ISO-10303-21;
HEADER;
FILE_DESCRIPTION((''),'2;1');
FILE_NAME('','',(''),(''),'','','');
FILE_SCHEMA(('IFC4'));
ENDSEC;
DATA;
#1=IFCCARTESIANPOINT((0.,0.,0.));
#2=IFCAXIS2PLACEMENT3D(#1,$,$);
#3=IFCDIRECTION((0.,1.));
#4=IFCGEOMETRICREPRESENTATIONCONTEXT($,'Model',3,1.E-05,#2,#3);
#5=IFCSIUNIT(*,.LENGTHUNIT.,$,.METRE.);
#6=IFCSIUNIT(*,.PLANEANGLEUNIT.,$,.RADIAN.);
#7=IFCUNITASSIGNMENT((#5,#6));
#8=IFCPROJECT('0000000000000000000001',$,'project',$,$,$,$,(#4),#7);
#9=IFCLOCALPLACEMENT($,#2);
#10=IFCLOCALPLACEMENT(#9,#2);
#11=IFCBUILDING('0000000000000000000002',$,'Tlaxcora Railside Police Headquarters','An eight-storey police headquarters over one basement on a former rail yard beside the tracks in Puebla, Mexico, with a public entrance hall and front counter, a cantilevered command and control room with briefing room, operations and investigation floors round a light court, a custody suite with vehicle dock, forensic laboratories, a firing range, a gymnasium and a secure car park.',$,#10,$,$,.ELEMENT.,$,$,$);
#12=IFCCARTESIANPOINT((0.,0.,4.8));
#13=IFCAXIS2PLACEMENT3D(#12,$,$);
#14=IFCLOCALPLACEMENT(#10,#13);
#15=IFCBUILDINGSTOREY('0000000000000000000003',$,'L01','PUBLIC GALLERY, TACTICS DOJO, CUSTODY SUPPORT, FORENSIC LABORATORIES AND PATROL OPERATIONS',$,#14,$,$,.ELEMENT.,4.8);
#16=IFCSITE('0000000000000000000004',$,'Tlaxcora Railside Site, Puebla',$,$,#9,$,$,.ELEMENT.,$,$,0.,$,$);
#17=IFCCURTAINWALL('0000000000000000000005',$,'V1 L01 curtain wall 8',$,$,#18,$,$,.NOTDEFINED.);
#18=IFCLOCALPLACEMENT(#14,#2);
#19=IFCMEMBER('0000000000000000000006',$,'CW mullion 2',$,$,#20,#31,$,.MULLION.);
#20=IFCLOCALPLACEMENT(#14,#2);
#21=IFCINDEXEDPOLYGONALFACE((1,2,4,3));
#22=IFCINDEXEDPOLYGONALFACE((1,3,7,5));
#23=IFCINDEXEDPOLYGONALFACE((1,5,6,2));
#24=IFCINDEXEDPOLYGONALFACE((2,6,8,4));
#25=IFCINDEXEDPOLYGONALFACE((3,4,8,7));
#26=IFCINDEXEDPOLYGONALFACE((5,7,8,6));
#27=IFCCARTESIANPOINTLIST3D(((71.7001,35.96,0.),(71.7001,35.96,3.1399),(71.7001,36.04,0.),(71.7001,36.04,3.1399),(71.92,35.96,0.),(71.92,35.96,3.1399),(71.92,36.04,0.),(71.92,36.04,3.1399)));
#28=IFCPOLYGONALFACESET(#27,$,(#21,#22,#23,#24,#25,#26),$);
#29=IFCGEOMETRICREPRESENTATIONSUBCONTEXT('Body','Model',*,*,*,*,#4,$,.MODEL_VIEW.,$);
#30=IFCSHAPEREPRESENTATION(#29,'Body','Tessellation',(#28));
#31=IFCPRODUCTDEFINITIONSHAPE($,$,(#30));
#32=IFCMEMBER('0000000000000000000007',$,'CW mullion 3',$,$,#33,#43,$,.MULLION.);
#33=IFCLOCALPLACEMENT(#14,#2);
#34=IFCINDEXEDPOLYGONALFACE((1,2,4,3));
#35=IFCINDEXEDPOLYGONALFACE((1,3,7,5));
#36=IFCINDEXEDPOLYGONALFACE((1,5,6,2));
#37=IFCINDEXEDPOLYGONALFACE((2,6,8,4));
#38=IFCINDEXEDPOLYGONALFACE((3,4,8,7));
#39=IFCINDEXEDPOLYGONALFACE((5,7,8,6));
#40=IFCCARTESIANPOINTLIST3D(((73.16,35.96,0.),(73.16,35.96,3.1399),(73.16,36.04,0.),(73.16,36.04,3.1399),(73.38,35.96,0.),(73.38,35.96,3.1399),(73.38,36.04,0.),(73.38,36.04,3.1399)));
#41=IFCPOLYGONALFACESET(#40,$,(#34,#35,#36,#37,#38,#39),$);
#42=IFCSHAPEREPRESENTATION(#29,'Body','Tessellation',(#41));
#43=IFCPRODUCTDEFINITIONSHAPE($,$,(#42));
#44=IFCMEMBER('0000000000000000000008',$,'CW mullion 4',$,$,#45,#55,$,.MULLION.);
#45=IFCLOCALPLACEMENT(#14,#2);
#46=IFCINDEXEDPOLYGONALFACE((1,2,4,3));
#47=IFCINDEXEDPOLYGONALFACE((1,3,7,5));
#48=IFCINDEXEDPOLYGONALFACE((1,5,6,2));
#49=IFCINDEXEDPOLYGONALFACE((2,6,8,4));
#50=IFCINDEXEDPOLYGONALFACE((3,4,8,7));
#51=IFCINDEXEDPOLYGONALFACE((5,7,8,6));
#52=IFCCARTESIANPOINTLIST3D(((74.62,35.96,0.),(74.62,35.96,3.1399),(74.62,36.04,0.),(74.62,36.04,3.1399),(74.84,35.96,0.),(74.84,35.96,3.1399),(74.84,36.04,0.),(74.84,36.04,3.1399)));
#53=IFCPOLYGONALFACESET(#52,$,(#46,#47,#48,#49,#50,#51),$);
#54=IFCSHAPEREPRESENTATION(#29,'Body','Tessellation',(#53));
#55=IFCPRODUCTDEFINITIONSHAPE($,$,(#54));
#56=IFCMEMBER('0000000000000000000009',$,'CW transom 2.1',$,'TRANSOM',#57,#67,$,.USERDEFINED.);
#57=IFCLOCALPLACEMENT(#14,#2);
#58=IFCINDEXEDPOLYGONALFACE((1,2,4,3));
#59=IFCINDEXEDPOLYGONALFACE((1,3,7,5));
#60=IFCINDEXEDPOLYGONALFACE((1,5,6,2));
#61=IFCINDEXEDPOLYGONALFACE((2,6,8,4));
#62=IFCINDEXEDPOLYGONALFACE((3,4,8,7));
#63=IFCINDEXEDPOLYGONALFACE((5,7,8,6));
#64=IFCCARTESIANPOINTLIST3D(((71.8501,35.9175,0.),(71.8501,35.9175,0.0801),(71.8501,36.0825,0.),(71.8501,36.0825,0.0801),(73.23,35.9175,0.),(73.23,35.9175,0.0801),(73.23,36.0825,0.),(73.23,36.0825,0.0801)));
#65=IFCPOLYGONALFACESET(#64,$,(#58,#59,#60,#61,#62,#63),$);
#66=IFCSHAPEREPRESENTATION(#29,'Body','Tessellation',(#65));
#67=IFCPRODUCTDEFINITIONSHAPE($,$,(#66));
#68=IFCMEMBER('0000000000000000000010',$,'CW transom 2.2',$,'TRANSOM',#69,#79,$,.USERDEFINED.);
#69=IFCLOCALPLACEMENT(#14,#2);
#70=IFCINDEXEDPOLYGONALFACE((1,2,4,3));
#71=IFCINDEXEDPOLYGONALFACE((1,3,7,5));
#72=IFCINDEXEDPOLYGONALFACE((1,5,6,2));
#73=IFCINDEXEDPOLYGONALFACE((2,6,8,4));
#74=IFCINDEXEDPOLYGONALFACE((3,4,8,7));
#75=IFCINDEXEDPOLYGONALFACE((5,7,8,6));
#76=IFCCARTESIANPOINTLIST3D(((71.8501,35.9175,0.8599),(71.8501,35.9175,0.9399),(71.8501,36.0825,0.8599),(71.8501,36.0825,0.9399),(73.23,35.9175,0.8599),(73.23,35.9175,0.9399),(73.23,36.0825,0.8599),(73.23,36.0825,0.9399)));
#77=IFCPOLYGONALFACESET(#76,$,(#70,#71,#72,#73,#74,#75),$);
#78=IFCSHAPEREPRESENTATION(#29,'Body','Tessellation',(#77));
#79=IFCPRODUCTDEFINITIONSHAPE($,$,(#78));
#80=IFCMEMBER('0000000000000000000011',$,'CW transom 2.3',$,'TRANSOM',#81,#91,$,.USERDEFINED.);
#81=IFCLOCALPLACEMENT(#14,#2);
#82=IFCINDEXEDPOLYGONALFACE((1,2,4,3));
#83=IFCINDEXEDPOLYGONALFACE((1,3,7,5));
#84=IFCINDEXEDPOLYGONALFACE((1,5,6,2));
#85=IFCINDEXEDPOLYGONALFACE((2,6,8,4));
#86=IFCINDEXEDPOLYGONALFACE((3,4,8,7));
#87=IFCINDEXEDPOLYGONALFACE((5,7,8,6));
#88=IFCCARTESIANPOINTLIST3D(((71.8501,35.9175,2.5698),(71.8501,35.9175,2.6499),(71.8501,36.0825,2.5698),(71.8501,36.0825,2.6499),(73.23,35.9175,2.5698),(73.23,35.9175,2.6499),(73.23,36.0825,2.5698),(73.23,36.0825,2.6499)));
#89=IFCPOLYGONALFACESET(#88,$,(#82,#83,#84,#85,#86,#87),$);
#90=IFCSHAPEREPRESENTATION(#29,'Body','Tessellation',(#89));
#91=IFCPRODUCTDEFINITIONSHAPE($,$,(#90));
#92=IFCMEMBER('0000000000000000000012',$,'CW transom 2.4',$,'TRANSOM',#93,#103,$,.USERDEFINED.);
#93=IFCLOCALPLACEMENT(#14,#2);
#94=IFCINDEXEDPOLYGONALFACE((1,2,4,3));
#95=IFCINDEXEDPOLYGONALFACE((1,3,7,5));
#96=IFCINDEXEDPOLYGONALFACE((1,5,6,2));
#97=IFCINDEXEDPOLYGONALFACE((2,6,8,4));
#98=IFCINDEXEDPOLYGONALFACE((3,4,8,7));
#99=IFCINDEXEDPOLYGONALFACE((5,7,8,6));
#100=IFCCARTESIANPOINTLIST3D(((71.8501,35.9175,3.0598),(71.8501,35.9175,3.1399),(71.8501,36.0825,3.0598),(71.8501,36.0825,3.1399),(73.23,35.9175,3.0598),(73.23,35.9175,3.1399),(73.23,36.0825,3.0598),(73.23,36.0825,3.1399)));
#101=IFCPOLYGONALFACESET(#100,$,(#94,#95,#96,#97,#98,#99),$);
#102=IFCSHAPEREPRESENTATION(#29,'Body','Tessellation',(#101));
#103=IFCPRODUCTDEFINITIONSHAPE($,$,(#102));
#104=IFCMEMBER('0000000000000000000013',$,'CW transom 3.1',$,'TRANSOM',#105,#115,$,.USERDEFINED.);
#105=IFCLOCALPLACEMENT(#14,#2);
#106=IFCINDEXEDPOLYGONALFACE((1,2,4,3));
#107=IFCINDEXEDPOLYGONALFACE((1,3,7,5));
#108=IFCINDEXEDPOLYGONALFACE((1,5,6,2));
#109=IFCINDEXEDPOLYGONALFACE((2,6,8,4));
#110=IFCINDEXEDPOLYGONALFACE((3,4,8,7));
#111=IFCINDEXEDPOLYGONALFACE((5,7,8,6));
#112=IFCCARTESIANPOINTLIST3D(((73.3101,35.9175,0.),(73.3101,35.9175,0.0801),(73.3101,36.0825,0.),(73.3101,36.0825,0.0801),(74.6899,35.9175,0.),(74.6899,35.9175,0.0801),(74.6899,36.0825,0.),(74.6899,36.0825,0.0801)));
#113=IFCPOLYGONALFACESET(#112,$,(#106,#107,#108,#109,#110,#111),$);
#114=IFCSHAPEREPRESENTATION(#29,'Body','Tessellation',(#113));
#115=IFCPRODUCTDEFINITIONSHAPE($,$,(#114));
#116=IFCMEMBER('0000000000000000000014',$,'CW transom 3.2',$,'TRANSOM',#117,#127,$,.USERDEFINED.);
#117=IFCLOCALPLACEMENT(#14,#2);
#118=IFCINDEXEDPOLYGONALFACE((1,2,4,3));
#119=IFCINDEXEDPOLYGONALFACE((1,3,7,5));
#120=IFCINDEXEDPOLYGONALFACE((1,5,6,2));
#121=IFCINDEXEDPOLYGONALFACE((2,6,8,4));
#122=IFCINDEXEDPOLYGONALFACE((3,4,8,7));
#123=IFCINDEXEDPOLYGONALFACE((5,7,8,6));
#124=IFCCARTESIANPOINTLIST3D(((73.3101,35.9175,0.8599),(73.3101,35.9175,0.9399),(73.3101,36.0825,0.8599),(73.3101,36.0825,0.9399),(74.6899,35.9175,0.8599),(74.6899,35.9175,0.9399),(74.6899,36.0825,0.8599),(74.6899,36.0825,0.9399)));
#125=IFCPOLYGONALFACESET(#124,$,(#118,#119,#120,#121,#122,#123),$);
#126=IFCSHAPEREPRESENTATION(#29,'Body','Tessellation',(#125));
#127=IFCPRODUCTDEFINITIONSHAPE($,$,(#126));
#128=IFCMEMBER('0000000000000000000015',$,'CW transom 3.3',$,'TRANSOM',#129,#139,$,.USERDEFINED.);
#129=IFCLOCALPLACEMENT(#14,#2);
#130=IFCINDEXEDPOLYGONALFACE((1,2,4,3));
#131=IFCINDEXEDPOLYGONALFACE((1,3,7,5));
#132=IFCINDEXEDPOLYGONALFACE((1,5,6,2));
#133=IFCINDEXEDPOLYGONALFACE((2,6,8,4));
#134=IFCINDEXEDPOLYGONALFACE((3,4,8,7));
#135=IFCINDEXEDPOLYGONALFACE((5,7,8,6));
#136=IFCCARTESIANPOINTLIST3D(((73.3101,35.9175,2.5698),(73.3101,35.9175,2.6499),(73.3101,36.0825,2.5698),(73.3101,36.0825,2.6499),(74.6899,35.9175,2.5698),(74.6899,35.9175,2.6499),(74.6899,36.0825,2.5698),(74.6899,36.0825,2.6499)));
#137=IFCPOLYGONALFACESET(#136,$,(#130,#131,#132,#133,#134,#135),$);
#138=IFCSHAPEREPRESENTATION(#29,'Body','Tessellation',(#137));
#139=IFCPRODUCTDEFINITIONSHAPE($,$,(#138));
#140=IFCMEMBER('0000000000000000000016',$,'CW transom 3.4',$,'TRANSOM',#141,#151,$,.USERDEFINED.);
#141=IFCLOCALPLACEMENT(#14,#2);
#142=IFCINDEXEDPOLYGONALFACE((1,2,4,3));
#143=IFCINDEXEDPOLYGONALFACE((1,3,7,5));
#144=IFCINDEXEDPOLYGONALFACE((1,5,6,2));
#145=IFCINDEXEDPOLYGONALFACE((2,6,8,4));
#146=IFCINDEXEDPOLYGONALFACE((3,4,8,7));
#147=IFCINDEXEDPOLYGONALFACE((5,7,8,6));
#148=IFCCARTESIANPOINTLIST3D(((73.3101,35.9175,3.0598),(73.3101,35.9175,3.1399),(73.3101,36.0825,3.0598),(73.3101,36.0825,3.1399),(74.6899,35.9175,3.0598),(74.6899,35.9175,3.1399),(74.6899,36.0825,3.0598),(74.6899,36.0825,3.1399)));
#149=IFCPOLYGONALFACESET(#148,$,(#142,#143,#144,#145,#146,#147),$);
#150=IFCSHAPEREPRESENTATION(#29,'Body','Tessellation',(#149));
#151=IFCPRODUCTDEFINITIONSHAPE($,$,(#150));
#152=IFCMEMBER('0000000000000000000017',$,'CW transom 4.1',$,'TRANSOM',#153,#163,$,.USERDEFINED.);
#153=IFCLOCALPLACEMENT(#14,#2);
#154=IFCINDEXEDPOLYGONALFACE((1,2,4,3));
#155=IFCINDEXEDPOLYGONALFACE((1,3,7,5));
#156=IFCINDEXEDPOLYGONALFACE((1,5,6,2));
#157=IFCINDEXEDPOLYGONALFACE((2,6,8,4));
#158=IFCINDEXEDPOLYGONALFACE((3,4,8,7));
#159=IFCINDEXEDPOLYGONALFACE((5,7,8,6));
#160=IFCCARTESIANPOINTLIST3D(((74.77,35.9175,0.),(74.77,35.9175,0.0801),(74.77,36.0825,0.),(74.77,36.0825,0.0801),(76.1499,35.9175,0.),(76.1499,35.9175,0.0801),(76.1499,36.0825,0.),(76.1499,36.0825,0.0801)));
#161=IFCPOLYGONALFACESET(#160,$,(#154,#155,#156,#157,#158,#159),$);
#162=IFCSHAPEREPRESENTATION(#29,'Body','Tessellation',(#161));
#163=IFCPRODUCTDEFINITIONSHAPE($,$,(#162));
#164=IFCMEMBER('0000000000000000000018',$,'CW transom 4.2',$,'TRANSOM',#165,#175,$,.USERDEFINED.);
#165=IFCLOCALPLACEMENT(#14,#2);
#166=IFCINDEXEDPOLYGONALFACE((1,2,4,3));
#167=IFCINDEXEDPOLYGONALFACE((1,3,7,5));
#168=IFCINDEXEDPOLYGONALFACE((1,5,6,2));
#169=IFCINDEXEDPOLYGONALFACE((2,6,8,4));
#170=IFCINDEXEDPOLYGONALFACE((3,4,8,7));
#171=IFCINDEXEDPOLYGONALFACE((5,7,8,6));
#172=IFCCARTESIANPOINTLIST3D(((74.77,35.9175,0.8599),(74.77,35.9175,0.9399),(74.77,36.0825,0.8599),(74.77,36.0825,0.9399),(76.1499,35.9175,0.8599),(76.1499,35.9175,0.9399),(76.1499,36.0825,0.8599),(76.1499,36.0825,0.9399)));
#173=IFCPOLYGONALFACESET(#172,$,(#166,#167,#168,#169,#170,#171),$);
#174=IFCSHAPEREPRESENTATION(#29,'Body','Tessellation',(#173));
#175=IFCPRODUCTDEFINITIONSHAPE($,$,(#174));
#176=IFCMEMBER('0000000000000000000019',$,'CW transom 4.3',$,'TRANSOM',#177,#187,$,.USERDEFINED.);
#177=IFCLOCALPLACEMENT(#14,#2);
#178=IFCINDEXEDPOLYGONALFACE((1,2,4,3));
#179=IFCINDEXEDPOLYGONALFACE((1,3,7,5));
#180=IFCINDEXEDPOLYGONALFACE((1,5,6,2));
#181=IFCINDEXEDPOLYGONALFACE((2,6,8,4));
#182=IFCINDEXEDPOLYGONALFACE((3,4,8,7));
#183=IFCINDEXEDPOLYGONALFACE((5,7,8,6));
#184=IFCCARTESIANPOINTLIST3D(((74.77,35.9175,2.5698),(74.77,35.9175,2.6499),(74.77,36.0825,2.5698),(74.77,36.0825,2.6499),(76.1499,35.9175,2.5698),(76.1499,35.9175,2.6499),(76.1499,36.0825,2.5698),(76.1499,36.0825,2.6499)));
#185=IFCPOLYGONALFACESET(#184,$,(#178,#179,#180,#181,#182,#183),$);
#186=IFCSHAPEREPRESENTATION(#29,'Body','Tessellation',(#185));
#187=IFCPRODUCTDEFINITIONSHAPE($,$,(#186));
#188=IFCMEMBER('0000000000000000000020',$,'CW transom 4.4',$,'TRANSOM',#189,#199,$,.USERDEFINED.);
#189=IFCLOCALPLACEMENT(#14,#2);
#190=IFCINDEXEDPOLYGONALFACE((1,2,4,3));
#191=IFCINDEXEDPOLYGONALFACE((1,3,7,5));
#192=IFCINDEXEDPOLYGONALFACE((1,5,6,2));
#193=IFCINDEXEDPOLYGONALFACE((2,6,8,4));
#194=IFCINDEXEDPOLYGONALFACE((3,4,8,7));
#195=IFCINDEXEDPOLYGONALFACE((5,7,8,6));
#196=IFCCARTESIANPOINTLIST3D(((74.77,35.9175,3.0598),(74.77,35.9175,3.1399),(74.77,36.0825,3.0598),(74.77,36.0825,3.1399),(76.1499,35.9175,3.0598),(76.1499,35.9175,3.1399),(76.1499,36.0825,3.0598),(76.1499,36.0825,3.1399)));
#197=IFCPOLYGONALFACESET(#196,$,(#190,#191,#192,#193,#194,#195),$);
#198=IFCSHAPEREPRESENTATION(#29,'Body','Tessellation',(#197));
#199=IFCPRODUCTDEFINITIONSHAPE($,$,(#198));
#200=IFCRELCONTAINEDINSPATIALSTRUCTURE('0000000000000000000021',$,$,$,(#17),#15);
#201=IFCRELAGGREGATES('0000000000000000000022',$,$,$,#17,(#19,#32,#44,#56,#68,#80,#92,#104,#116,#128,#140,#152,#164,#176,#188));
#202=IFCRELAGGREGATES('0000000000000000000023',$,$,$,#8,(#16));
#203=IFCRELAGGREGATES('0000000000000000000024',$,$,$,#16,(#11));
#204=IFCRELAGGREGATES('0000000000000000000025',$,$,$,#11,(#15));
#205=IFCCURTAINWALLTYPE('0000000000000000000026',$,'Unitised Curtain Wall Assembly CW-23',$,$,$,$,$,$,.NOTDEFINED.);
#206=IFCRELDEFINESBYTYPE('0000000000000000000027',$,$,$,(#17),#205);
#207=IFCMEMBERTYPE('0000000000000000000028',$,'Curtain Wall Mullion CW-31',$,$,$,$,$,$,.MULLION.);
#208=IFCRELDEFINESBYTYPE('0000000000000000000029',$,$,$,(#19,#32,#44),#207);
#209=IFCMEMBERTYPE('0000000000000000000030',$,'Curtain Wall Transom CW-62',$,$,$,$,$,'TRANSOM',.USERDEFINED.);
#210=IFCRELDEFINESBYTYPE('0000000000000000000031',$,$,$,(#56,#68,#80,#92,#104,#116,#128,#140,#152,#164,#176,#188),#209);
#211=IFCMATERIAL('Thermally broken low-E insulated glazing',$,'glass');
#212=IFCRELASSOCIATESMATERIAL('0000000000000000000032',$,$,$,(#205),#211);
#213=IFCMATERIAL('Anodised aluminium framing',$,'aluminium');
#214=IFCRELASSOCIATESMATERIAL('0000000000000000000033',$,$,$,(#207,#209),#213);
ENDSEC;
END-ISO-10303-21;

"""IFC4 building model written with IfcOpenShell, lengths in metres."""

from ifc_helpers import new_model, si_unit, direction, frame, origin, origin_2d, place, context, subcontext, project, spatial, rectangle, extrude, material, material_profile, profile_set, type_object, element, aggregate, save


model = new_model("IFC4")

# Units and contexts
model_context = context("Model", 3, precision=1e-05, world=origin(), true_north=direction((0.0, 1.0)))
body_context = subcontext(model_context, "Body", "Model", "MODEL_VIEW")
ifc_project = project(units=[si_unit("LENGTHUNIT", "METRE"), si_unit("PLANEANGLEUNIT", "RADIAN")], contexts=[model_context])

# Site, building, storey
site_placement = place(None, origin())
site = spatial("IfcSite", under=ifc_project, at=site_placement, Name="Tlaxcora Railside Site, Puebla", CompositionType="ELEMENT", RefElevation=0.0)
building_placement = place(site_placement, origin())
building = spatial("IfcBuilding", under=site, at=building_placement, Name="Tlaxcora Railside Police Headquarters", Description="An eight-storey police headquarters over one basement on a former rail yard beside the tracks in Puebla, Mexico, with a public entrance hall and front counter, a cantilevered command and control room with briefing room, operations and investigation floors round a light court, a custody suite with vehicle dock, forensic laboratories, a firing range, a gymnasium and a secure car park.", CompositionType="ELEMENT")
storey_placement = place(building_placement, frame((0.0, 0.0, 4.8)))
storey = spatial("IfcBuildingStorey", under=building, at=storey_placement, Name="L01", Description="PUBLIC GALLERY, TACTICS DOJO, CUSTODY SUPPORT, FORENSIC LABORATORIES AND PATROL OPERATIONS", CompositionType="ELEMENT", Elevation=4.8)

# Curtain wall, members
ifc_material_1 = material(Name="Thermally broken low-E insulated glazing", Category="glass")
curtain_wall_type = type_object("IfcCurtainWallType", Name="Unitised Curtain Wall Assembly CW-23", PredefinedType="NOTDEFINED", material=ifc_material_1)
curtain_wall_placement = place(storey_placement, origin())
curtain_wall = element("IfcCurtainWall", 1, at=curtain_wall_placement, inside=storey, type_object=curtain_wall_type, Name="V1 L01 curtain wall 8", PredefinedType="NOTDEFINED")
ifc_material_2 = material(Name="Anodised aluminium framing", Category="aluminium")
ifc_material_profile_1 = material_profile(ifc_material_2, rectangle(XDim=0.0801, YDim=0.22, at=origin_2d()), Name="AL80X220")
ifc_profile_set_1 = profile_set([ifc_material_profile_1], Name="Anodised aluminium framing")
member_type_1 = type_object("IfcMemberType", Name="Curtain Wall Mullion CW-31", PredefinedType="MULLION", material=ifc_profile_set_1)
member_1_placement = place(storey_placement, frame((71.8101, 36.0, 0.0), z_axis=(0.0, 0.0, 1.0), x_axis=(0.0, 1.0, 0.0)))
member_1 = element("IfcMember", 2, at=member_1_placement, type_object=member_type_1, Name="CW mullion 2", PredefinedType="MULLION", context=body_context, shape_type="SweptSolid", body=[
    extrude(rectangle(XDim=0.0801, YDim=0.22, at=origin_2d()), origin(), (0.0, 0.0, 1.0), 3.1399),
])
member_2_placement = place(storey_placement, frame((73.27, 36.0, 0.0), z_axis=(0.0, 0.0, 1.0), x_axis=(0.0, 1.0, 0.0)))
member_2 = element("IfcMember", 3, at=member_2_placement, type_object=member_type_1, Name="CW mullion 3", PredefinedType="MULLION", context=body_context, shape_type="SweptSolid", body=[
    extrude(rectangle(XDim=0.0801, YDim=0.22, at=origin_2d()), origin(), (0.0, 0.0, 1.0), 3.1399),
])
member_3_placement = place(storey_placement, frame((74.73, 36.0, 0.0), z_axis=(0.0, 0.0, 1.0), x_axis=(0.0, 1.0, 0.0)))
member_3 = element("IfcMember", 4, at=member_3_placement, type_object=member_type_1, Name="CW mullion 4", PredefinedType="MULLION", context=body_context, shape_type="SweptSolid", body=[
    extrude(rectangle(XDim=0.0801, YDim=0.22, at=origin_2d()), origin(), (0.0, 0.0, 1.0), 3.1399),
])
ifc_material_profile_2 = material_profile(ifc_material_2, rectangle(XDim=0.165, YDim=0.0801, at=origin_2d()), Name="AL80X165")
ifc_profile_set_2 = profile_set([ifc_material_profile_2], Name="Anodised aluminium framing")
member_type_2 = type_object("IfcMemberType", Name="Curtain Wall Transom CW-62", ElementType="TRANSOM", PredefinedType="USERDEFINED", material=ifc_profile_set_2)
member_4_placement = place(storey_placement, frame((71.8501, 36.0, 0.04), z_axis=(1.0, 0.0, 0.0), x_axis=(0.0, 1.0, 0.0)))
member_4 = element("IfcMember", 5, at=member_4_placement, type_object=member_type_2, Name="CW transom 2.1", ObjectType="TRANSOM", PredefinedType="USERDEFINED", context=body_context, shape_type="SweptSolid", body=[
    extrude(rectangle(XDim=0.165, YDim=0.0801, at=origin_2d()), origin(), (0.0, 0.0, 1.0), 1.3799),
])
member_5_placement = place(storey_placement, frame((71.8501, 36.0, 0.8999), z_axis=(1.0, 0.0, 0.0), x_axis=(0.0, 1.0, 0.0)))
member_5 = element("IfcMember", 6, at=member_5_placement, type_object=member_type_2, Name="CW transom 2.2", ObjectType="TRANSOM", PredefinedType="USERDEFINED", context=body_context, shape_type="SweptSolid", body=[
    extrude(rectangle(XDim=0.165, YDim=0.0801, at=origin_2d()), origin(), (0.0, 0.0, 1.0), 1.3799),
])
member_6_placement = place(storey_placement, frame((71.8501, 36.0, 2.6099), z_axis=(1.0, 0.0, 0.0), x_axis=(0.0, 1.0, 0.0)))
member_6 = element("IfcMember", 7, at=member_6_placement, type_object=member_type_2, Name="CW transom 2.3", ObjectType="TRANSOM", PredefinedType="USERDEFINED", context=body_context, shape_type="SweptSolid", body=[
    extrude(rectangle(XDim=0.165, YDim=0.0801, at=origin_2d()), origin(), (0.0, 0.0, 1.0), 1.3799),
])
member_7_placement = place(storey_placement, frame((71.8501, 36.0, 3.0999), z_axis=(1.0, 0.0, 0.0), x_axis=(0.0, 1.0, 0.0)))
member_7 = element("IfcMember", 8, at=member_7_placement, type_object=member_type_2, Name="CW transom 2.4", ObjectType="TRANSOM", PredefinedType="USERDEFINED", context=body_context, shape_type="SweptSolid", body=[
    extrude(rectangle(XDim=0.165, YDim=0.0801, at=origin_2d()), origin(), (0.0, 0.0, 1.0), 1.3799),
])
member_8_placement = place(storey_placement, frame((73.3101, 36.0, 0.04), z_axis=(1.0, 0.0, 0.0), x_axis=(0.0, 1.0, 0.0)))
member_8 = element("IfcMember", 9, at=member_8_placement, type_object=member_type_2, Name="CW transom 3.1", ObjectType="TRANSOM", PredefinedType="USERDEFINED", context=body_context, shape_type="SweptSolid", body=[
    extrude(rectangle(XDim=0.165, YDim=0.0801, at=origin_2d()), origin(), (0.0, 0.0, 1.0), 1.3799),
])
member_9_placement = place(storey_placement, frame((73.3101, 36.0, 0.8999), z_axis=(1.0, 0.0, 0.0), x_axis=(0.0, 1.0, 0.0)))
member_9 = element("IfcMember", 10, at=member_9_placement, type_object=member_type_2, Name="CW transom 3.2", ObjectType="TRANSOM", PredefinedType="USERDEFINED", context=body_context, shape_type="SweptSolid", body=[
    extrude(rectangle(XDim=0.165, YDim=0.0801, at=origin_2d()), origin(), (0.0, 0.0, 1.0), 1.3799),
])
member_10_placement = place(storey_placement, frame((73.3101, 36.0, 2.6099), z_axis=(1.0, 0.0, 0.0), x_axis=(0.0, 1.0, 0.0)))
member_10 = element("IfcMember", 11, at=member_10_placement, type_object=member_type_2, Name="CW transom 3.3", ObjectType="TRANSOM", PredefinedType="USERDEFINED", context=body_context, shape_type="SweptSolid", body=[
    extrude(rectangle(XDim=0.165, YDim=0.0801, at=origin_2d()), origin(), (0.0, 0.0, 1.0), 1.3799),
])
member_11_placement = place(storey_placement, frame((73.3101, 36.0, 3.0999), z_axis=(1.0, 0.0, 0.0), x_axis=(0.0, 1.0, 0.0)))
member_11 = element("IfcMember", 12, at=member_11_placement, type_object=member_type_2, Name="CW transom 3.4", ObjectType="TRANSOM", PredefinedType="USERDEFINED", context=body_context, shape_type="SweptSolid", body=[
    extrude(rectangle(XDim=0.165, YDim=0.0801, at=origin_2d()), origin(), (0.0, 0.0, 1.0), 1.3799),
])
member_12_placement = place(storey_placement, frame((74.77, 36.0, 0.04), z_axis=(1.0, 0.0, 0.0), x_axis=(0.0, 1.0, 0.0)))
member_12 = element("IfcMember", 13, at=member_12_placement, type_object=member_type_2, Name="CW transom 4.1", ObjectType="TRANSOM", PredefinedType="USERDEFINED", context=body_context, shape_type="SweptSolid", body=[
    extrude(rectangle(XDim=0.165, YDim=0.0801, at=origin_2d()), origin(), (0.0, 0.0, 1.0), 1.3799),
])
member_13_placement = place(storey_placement, frame((74.77, 36.0, 0.8999), z_axis=(1.0, 0.0, 0.0), x_axis=(0.0, 1.0, 0.0)))
member_13 = element("IfcMember", 14, at=member_13_placement, type_object=member_type_2, Name="CW transom 4.2", ObjectType="TRANSOM", PredefinedType="USERDEFINED", context=body_context, shape_type="SweptSolid", body=[
    extrude(rectangle(XDim=0.165, YDim=0.0801, at=origin_2d()), origin(), (0.0, 0.0, 1.0), 1.3799),
])
member_14_placement = place(storey_placement, frame((74.77, 36.0, 2.6099), z_axis=(1.0, 0.0, 0.0), x_axis=(0.0, 1.0, 0.0)))
member_14 = element("IfcMember", 15, at=member_14_placement, type_object=member_type_2, Name="CW transom 4.3", ObjectType="TRANSOM", PredefinedType="USERDEFINED", context=body_context, shape_type="SweptSolid", body=[
    extrude(rectangle(XDim=0.165, YDim=0.0801, at=origin_2d()), origin(), (0.0, 0.0, 1.0), 1.3799),
])
member_15_placement = place(storey_placement, frame((74.77, 36.0, 3.0999), z_axis=(1.0, 0.0, 0.0), x_axis=(0.0, 1.0, 0.0)))
member_15 = element("IfcMember", 16, at=member_15_placement, type_object=member_type_2, Name="CW transom 4.4", ObjectType="TRANSOM", PredefinedType="USERDEFINED", context=body_context, shape_type="SweptSolid", body=[
    extrude(rectangle(XDim=0.165, YDim=0.0801, at=origin_2d()), origin(), (0.0, 0.0, 1.0), 1.3799),
])
aggregate(curtain_wall, [member_1, member_2, member_3, member_4, member_5, member_6, member_7, member_8, member_9, member_10, member_11, member_12, member_13, member_14, member_15])

save(model, "model.ifc")
